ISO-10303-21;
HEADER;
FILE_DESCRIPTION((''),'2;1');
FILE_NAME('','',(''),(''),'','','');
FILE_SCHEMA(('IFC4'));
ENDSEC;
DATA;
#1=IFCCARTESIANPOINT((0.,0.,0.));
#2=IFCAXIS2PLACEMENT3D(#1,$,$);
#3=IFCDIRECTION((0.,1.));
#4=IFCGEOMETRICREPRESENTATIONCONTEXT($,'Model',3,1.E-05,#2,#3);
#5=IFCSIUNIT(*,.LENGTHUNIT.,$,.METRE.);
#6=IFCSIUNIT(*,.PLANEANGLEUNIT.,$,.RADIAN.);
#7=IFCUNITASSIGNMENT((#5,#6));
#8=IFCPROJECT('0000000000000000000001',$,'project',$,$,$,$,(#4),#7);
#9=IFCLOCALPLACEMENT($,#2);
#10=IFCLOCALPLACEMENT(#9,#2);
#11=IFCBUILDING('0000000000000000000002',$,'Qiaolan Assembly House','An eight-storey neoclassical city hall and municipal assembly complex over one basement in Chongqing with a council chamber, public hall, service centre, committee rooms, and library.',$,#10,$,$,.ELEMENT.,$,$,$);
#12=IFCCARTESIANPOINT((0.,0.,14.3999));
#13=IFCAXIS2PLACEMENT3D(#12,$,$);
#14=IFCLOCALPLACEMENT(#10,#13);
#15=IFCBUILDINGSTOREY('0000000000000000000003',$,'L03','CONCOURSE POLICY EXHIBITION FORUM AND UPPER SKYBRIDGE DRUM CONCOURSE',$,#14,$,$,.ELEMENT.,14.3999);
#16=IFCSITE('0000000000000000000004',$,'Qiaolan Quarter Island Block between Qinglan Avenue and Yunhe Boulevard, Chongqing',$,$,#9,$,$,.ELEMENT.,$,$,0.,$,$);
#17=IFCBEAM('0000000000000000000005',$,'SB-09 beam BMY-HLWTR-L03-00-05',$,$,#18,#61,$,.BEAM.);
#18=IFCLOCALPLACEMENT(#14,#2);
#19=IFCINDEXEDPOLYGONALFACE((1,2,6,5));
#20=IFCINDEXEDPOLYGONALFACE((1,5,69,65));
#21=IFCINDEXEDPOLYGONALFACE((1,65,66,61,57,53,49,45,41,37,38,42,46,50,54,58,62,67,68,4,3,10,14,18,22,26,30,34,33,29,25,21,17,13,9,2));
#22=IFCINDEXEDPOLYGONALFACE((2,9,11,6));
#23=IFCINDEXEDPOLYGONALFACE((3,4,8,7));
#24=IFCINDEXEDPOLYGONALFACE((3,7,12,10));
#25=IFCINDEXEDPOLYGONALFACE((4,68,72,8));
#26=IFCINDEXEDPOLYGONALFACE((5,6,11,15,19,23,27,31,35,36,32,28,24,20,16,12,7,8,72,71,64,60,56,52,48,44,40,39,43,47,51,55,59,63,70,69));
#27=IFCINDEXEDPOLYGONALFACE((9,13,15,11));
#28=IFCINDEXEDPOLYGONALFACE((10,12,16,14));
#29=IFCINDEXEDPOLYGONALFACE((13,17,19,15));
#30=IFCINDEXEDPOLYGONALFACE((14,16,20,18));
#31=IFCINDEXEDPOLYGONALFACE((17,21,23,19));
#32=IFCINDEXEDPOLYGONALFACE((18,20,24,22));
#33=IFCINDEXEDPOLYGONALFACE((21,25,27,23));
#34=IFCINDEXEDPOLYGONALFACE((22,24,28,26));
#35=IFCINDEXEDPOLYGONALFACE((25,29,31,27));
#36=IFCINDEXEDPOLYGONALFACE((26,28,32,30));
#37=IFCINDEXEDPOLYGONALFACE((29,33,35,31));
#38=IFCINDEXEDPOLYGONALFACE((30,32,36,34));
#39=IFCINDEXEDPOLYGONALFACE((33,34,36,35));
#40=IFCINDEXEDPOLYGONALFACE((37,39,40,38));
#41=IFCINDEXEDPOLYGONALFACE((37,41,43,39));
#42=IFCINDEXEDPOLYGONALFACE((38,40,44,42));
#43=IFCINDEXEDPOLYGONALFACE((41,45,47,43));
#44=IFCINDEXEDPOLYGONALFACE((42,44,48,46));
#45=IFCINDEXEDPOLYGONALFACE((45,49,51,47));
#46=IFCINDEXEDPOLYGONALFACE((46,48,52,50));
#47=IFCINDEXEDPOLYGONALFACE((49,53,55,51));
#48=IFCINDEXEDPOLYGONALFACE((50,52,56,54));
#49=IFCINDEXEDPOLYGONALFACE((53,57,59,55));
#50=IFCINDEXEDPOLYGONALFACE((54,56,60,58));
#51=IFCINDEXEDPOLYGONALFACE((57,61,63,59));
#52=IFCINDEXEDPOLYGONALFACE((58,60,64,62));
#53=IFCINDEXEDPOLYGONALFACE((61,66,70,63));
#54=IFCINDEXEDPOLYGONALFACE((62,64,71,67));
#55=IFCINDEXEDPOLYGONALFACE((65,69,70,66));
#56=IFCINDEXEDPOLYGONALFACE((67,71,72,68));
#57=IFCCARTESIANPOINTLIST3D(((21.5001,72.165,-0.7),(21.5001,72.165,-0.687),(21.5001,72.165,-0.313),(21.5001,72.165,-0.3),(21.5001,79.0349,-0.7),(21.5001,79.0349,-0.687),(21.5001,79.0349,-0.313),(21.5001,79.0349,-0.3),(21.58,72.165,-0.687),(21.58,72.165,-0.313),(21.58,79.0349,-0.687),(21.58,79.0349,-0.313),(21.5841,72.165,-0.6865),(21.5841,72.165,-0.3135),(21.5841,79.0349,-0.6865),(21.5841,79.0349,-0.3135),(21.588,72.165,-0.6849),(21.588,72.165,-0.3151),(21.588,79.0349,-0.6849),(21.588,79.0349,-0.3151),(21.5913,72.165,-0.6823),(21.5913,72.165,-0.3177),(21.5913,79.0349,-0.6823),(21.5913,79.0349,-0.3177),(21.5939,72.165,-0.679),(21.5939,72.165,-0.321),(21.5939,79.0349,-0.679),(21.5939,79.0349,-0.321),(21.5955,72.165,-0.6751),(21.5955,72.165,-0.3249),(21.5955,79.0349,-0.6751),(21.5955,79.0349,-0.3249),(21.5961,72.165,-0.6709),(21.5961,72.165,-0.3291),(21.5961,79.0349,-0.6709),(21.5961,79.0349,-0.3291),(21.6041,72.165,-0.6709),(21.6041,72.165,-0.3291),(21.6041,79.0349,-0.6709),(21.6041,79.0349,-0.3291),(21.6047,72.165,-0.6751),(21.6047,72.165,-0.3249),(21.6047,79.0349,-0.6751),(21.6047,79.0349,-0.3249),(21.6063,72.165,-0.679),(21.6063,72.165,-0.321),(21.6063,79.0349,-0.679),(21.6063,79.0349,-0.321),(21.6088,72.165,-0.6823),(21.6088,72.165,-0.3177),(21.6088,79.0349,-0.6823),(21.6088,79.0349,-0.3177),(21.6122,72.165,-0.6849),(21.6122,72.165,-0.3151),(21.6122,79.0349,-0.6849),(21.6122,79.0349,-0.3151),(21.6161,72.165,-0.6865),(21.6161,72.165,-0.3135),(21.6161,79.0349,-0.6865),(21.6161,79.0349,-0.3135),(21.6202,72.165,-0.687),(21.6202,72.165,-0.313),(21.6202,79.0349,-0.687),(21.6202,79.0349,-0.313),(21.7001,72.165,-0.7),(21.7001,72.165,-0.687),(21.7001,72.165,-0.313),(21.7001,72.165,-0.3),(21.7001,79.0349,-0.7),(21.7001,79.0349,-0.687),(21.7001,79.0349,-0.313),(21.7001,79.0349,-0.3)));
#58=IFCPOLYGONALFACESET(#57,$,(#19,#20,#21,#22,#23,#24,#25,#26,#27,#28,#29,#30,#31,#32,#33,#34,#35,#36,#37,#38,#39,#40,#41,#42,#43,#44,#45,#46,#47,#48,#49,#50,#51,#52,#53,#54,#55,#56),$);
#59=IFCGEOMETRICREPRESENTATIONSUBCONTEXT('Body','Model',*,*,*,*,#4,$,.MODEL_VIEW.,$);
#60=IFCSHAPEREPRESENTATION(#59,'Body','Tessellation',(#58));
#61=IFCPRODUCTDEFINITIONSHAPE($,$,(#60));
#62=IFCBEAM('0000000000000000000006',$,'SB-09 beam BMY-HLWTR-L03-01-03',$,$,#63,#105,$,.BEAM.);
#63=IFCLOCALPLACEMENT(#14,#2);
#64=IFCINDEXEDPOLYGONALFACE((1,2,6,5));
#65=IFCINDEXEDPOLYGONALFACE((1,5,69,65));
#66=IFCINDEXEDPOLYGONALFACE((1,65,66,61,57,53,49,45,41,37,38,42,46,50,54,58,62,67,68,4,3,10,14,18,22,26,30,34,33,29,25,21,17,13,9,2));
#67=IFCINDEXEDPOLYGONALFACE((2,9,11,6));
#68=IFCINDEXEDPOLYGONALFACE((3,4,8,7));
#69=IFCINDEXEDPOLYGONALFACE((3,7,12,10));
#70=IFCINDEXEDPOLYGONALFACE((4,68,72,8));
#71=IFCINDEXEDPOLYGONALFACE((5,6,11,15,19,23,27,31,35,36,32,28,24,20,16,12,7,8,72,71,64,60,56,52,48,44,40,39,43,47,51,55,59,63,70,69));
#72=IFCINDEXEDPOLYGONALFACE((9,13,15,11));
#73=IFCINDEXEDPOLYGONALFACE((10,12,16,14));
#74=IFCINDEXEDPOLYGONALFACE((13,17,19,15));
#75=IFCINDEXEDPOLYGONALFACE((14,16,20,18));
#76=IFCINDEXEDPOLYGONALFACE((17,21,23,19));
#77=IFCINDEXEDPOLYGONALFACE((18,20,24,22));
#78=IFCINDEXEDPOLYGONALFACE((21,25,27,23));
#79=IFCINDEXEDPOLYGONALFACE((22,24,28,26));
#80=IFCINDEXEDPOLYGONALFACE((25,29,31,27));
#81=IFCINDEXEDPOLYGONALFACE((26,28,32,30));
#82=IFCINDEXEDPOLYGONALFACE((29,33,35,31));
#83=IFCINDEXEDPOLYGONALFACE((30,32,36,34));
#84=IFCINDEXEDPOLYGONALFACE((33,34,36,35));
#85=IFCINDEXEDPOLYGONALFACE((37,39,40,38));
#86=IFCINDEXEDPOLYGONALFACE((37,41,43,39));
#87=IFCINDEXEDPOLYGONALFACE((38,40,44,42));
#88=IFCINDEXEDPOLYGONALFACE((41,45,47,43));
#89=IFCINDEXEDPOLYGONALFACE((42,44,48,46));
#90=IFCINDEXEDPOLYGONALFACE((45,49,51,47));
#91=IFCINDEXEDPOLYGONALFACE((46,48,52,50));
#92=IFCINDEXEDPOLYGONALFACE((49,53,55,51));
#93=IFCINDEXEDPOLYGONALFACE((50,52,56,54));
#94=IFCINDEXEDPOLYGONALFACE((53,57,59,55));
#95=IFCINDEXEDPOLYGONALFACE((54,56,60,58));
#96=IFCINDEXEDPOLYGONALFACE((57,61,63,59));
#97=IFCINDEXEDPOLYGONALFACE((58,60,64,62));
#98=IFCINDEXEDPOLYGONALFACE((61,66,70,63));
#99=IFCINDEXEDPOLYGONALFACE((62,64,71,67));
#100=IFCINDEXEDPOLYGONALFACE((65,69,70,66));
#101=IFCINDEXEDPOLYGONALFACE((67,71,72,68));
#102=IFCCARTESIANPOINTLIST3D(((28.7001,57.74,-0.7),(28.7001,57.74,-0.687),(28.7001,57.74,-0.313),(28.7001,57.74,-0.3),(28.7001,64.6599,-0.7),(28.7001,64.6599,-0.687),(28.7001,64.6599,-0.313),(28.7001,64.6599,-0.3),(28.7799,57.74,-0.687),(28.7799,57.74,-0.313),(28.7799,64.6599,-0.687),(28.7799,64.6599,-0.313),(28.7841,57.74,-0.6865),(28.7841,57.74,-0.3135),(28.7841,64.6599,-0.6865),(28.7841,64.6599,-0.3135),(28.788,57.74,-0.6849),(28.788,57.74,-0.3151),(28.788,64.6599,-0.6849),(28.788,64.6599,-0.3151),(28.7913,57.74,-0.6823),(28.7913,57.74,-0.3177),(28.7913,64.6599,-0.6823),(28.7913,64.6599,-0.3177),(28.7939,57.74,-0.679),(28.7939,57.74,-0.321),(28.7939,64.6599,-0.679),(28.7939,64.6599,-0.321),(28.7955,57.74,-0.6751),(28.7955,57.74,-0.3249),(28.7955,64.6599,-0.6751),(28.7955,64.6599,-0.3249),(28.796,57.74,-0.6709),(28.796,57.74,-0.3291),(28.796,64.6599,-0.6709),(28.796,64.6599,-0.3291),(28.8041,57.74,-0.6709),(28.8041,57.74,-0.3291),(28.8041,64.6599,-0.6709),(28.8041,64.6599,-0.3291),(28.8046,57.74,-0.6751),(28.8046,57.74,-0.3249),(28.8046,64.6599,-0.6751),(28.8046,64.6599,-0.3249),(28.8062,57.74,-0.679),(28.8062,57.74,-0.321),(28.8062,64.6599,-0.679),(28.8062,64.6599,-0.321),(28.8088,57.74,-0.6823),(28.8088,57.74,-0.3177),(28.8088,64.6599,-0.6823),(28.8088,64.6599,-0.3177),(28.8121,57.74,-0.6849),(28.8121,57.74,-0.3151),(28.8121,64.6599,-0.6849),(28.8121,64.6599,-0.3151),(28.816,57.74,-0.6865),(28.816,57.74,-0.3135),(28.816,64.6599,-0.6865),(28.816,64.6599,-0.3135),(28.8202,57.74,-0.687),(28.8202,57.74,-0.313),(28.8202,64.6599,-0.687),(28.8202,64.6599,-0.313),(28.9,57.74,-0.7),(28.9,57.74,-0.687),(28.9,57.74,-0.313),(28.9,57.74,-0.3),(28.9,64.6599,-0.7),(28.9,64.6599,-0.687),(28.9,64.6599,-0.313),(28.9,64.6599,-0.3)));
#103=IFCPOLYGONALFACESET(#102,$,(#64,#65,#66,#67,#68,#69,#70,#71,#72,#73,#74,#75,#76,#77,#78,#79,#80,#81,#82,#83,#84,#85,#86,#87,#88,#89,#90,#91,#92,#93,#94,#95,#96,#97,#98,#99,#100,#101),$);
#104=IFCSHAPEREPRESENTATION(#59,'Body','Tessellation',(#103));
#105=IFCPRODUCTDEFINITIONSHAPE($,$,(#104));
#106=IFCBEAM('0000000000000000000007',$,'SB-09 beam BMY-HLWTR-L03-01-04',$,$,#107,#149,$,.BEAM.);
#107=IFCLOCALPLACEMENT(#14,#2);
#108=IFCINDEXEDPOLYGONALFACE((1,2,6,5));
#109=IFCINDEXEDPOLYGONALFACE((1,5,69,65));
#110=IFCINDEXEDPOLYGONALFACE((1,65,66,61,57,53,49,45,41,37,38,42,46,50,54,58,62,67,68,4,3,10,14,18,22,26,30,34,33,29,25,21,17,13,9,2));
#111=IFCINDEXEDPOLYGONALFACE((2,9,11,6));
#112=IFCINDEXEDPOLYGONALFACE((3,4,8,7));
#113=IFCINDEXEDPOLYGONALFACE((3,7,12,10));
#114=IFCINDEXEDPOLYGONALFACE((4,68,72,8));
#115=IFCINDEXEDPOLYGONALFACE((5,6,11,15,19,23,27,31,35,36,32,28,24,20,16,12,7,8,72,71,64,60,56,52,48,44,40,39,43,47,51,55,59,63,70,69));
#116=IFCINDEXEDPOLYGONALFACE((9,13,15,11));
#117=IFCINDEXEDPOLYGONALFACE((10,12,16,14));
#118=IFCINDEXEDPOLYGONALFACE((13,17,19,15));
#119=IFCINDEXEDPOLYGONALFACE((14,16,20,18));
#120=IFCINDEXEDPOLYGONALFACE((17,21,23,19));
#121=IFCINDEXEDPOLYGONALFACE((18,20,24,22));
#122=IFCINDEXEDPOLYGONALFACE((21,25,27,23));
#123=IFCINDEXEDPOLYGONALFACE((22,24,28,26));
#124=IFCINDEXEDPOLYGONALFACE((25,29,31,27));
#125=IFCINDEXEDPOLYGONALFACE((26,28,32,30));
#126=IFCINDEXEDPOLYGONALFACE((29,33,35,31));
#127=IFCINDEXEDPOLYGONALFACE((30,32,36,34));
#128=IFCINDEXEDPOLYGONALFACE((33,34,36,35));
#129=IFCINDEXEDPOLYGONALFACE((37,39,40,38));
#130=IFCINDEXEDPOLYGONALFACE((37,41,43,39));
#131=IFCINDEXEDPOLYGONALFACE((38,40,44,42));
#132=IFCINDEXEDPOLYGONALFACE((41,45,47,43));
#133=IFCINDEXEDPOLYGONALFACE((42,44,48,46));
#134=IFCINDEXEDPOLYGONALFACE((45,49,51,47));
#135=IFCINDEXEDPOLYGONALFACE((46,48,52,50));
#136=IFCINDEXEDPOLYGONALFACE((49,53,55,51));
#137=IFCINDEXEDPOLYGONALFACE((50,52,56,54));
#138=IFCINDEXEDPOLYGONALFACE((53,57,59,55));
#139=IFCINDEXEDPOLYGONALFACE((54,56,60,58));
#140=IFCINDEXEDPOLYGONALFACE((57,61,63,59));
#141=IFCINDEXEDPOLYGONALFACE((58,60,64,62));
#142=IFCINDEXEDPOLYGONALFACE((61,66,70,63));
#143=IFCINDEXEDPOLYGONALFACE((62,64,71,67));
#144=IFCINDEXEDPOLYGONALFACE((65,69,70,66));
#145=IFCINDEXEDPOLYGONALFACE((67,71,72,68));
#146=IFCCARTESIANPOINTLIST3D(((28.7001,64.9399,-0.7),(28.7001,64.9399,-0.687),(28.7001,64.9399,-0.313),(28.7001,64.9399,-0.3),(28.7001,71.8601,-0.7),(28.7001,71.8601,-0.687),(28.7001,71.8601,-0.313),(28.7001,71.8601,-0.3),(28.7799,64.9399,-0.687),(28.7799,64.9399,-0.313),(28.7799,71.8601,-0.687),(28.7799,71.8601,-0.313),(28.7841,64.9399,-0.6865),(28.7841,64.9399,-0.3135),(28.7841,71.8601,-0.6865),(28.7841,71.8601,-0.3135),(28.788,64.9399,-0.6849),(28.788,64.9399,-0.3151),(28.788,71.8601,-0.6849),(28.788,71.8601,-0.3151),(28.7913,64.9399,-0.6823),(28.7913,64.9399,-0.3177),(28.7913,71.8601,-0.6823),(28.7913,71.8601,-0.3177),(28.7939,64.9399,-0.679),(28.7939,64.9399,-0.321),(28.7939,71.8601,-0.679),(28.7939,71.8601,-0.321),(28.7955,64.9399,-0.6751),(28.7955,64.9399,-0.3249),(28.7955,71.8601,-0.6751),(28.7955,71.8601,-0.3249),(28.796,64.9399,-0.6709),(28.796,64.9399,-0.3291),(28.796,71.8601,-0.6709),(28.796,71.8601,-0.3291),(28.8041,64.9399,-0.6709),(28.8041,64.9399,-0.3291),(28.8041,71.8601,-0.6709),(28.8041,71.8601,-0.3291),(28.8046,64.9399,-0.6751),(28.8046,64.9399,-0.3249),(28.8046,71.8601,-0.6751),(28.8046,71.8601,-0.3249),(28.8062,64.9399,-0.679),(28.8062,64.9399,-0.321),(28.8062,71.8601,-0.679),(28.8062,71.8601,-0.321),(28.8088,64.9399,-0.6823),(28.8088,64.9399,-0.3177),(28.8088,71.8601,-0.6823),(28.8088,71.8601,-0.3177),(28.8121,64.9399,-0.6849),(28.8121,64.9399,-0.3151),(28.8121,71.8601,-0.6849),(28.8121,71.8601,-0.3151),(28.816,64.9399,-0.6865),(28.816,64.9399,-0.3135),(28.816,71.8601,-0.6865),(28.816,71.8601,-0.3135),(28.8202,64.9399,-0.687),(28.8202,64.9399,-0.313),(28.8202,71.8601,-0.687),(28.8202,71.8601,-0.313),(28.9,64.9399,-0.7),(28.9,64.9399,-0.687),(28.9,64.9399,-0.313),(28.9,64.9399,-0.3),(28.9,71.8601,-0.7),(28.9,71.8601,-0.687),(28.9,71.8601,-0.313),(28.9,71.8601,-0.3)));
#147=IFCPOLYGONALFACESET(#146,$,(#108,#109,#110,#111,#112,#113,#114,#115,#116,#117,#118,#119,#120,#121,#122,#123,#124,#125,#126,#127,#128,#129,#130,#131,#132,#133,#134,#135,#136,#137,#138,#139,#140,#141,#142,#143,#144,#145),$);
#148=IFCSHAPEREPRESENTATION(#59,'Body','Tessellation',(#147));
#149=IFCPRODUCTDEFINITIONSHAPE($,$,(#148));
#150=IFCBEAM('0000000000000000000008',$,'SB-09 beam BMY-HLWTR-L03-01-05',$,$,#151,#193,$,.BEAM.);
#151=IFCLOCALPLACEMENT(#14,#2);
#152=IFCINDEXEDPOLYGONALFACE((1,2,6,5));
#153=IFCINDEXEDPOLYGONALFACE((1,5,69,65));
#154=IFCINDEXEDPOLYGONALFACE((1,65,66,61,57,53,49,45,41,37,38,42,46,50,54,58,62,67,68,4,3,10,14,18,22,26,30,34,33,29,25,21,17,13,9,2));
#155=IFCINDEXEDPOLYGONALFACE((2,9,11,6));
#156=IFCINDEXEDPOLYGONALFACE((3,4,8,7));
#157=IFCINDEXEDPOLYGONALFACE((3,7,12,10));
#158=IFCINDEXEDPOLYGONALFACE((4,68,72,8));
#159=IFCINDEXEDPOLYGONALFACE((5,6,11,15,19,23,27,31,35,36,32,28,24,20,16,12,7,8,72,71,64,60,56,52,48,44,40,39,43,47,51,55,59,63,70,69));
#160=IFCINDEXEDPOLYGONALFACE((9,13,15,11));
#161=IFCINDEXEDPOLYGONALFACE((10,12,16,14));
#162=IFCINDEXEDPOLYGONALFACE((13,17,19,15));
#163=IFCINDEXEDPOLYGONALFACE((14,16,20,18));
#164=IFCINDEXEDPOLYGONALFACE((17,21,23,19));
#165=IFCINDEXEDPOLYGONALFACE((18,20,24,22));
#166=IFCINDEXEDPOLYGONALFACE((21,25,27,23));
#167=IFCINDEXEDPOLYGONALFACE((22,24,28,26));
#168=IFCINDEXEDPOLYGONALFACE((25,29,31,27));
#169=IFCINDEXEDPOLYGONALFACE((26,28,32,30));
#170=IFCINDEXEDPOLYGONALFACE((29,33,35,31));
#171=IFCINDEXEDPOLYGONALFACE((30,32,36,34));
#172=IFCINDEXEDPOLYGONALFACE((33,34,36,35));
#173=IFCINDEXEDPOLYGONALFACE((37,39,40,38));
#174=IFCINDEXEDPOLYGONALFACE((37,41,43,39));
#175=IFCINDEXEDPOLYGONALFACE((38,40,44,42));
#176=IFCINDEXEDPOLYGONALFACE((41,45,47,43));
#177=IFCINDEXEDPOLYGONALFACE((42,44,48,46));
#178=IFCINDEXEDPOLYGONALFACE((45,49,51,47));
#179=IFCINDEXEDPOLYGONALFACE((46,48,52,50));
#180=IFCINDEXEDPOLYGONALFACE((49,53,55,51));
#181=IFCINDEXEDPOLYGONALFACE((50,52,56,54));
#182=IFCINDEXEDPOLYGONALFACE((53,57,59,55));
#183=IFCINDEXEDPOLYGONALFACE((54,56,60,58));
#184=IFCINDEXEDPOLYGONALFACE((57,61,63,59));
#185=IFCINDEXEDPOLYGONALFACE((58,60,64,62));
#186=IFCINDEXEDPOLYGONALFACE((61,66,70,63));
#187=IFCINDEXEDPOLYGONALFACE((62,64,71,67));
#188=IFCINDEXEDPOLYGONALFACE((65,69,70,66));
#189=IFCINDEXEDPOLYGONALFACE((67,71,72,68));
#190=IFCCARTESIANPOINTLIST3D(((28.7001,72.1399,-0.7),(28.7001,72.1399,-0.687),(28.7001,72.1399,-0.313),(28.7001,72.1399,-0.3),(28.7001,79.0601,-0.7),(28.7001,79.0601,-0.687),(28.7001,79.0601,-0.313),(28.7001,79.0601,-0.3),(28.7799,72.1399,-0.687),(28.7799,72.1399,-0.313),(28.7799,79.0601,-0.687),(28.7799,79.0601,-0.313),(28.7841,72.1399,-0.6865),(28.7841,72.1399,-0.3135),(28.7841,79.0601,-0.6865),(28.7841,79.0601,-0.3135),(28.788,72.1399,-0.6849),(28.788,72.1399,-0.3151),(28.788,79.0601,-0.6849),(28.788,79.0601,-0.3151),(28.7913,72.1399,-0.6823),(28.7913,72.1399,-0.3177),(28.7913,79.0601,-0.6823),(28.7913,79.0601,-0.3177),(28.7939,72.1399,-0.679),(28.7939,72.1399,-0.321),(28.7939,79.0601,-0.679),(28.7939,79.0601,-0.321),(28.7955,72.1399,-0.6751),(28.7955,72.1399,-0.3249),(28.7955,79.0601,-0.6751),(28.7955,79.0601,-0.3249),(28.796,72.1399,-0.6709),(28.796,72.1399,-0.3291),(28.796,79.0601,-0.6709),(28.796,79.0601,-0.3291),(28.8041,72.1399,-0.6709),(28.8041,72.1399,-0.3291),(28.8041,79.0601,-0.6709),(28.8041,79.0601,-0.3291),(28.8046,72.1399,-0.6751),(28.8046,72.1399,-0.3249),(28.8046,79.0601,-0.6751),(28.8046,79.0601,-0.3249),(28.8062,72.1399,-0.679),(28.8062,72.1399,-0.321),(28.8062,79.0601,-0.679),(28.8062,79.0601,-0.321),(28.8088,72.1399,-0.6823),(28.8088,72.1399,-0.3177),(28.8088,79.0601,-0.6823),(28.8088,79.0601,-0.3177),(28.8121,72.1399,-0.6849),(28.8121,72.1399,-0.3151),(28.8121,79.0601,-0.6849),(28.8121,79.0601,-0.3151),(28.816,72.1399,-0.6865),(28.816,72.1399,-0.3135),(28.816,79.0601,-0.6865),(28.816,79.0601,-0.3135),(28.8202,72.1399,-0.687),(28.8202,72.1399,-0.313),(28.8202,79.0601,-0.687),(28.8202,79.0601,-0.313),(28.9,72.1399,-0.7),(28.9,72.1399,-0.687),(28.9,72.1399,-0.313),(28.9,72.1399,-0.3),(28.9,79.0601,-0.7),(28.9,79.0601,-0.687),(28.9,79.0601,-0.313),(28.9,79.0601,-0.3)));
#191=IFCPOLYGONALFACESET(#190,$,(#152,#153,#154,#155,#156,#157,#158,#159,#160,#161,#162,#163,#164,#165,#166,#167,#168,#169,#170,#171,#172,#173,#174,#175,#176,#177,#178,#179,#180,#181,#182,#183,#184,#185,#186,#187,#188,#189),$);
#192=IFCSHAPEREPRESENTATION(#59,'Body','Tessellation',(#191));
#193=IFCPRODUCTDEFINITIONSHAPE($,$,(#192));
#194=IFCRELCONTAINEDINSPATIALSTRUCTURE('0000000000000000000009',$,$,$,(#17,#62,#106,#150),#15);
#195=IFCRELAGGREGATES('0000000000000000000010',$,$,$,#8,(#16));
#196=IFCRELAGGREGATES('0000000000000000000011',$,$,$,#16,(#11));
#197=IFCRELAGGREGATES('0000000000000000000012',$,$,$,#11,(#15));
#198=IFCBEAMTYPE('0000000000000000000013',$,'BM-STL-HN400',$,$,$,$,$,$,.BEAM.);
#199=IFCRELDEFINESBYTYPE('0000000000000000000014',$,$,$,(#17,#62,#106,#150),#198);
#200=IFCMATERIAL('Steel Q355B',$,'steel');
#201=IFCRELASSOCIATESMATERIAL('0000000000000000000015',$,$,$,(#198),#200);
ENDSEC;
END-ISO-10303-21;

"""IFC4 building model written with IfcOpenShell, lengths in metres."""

from ifc_helpers import new_model, si_unit, direction, frame, origin, origin_2d, place, context, subcontext, project, spatial, i_section, extrude, material, material_profile, profile_set, type_object, element, save


model = new_model("IFC4")

# Units and contexts
model_context = context("Model", 3, precision=1e-05, world=origin(), true_north=direction((0.0, 1.0)))
body_context = subcontext(model_context, "Body", "Model", "MODEL_VIEW")
ifc_project = project(units=[si_unit("LENGTHUNIT", "METRE"), si_unit("PLANEANGLEUNIT", "RADIAN")], contexts=[model_context])

# Site, building, storey
site_placement = place(None, origin())
site = spatial("IfcSite", under=ifc_project, at=site_placement, Name="Qiaolan Quarter Island Block between Qinglan Avenue and Yunhe Boulevard, Chongqing", CompositionType="ELEMENT", RefElevation=0.0)
building_placement = place(site_placement, origin())
building = spatial("IfcBuilding", under=site, at=building_placement, Name="Qiaolan Assembly House", Description="An eight-storey neoclassical city hall and municipal assembly complex over one basement in Chongqing with a council chamber, public hall, service centre, committee rooms, and library.", CompositionType="ELEMENT")
storey_placement = place(building_placement, frame((0.0, 0.0, 14.3999)))
storey = spatial("IfcBuildingStorey", under=building, at=storey_placement, Name="L03", Description="CONCOURSE POLICY EXHIBITION FORUM AND UPPER SKYBRIDGE DRUM CONCOURSE", CompositionType="ELEMENT", Elevation=14.3999)

# Shared definitions
ifc_material = material(Name="Steel Q355B", Category="steel")

# Beams
ifc_material_profile_1 = material_profile(ifc_material, i_section(OverallWidth=0.2, OverallDepth=0.3999, WebThickness=0.0081, FlangeThickness=0.0129, FilletRadius=0.0161, at=origin_2d()), Name="HN 400x200x8x13")
ifc_profile_set_1 = profile_set([ifc_material_profile_1], Name="Steel Q355B")
beam_type_1 = type_object("IfcBeamType", Name="BM-STL-HN400", PredefinedType="BEAM", material=ifc_profile_set_1)
for number, where, z_axis, x_axis, name in (
    (1, (21.6001, 72.165, -0.5), (0.0, 1.0, 0.0), (-1.0, 0.0, 0.0), "SB-09 beam BMY-HLWTR-L03-00-05"),
):
    element("IfcBeam", number, at=place(storey_placement, frame(where, z_axis=z_axis, x_axis=x_axis)), inside=storey, type_object=beam_type_1, Name=name, PredefinedType="BEAM", context=body_context, shape_type="SweptSolid", body=[
        extrude(i_section(OverallWidth=0.2, OverallDepth=0.3999, WebThickness=0.0081, FlangeThickness=0.0129, FilletRadius=0.0161, at=origin_2d()), origin(), (0.0, 0.0, 1.0), 6.8699),
    ])
beam_1_placement = place(storey_placement, frame((28.8, 57.74, -0.5), z_axis=(0.0, 1.0, 0.0), x_axis=(-1.0, 0.0, 0.0)))
element("IfcBeam", 2, at=beam_1_placement, inside=storey, type_object=beam_type_1, Name="SB-09 beam BMY-HLWTR-L03-01-03", PredefinedType="BEAM", context=body_context, shape_type="SweptSolid", body=[
    extrude(i_section(OverallWidth=0.2, OverallDepth=0.3999, WebThickness=0.0081, FlangeThickness=0.0129, FilletRadius=0.0161, at=origin_2d()), origin(), (0.0, 0.0, 1.0), 6.9199),
])
for number, where, z_axis, x_axis, name in (
    (3, (28.8, 64.9399, -0.5), (0.0, 1.0, 0.0), (-1.0, 0.0, 0.0), "SB-09 beam BMY-HLWTR-L03-01-04"),
    (4, (28.8, 72.1399, -0.5), (0.0, 1.0, 0.0), (-1.0, 0.0, 0.0), "SB-09 beam BMY-HLWTR-L03-01-05"),
):
    element("IfcBeam", number, at=place(storey_placement, frame(where, z_axis=z_axis, x_axis=x_axis)), inside=storey, type_object=beam_type_1, Name=name, PredefinedType="BEAM", context=body_context, shape_type="SweptSolid", body=[
        extrude(i_section(OverallWidth=0.2, OverallDepth=0.3999, WebThickness=0.0081, FlangeThickness=0.0129, FilletRadius=0.0161, at=origin_2d()), origin(), (0.0, 0.0, 1.0), 6.9202),
    ])

save(model, "model.ifc")
